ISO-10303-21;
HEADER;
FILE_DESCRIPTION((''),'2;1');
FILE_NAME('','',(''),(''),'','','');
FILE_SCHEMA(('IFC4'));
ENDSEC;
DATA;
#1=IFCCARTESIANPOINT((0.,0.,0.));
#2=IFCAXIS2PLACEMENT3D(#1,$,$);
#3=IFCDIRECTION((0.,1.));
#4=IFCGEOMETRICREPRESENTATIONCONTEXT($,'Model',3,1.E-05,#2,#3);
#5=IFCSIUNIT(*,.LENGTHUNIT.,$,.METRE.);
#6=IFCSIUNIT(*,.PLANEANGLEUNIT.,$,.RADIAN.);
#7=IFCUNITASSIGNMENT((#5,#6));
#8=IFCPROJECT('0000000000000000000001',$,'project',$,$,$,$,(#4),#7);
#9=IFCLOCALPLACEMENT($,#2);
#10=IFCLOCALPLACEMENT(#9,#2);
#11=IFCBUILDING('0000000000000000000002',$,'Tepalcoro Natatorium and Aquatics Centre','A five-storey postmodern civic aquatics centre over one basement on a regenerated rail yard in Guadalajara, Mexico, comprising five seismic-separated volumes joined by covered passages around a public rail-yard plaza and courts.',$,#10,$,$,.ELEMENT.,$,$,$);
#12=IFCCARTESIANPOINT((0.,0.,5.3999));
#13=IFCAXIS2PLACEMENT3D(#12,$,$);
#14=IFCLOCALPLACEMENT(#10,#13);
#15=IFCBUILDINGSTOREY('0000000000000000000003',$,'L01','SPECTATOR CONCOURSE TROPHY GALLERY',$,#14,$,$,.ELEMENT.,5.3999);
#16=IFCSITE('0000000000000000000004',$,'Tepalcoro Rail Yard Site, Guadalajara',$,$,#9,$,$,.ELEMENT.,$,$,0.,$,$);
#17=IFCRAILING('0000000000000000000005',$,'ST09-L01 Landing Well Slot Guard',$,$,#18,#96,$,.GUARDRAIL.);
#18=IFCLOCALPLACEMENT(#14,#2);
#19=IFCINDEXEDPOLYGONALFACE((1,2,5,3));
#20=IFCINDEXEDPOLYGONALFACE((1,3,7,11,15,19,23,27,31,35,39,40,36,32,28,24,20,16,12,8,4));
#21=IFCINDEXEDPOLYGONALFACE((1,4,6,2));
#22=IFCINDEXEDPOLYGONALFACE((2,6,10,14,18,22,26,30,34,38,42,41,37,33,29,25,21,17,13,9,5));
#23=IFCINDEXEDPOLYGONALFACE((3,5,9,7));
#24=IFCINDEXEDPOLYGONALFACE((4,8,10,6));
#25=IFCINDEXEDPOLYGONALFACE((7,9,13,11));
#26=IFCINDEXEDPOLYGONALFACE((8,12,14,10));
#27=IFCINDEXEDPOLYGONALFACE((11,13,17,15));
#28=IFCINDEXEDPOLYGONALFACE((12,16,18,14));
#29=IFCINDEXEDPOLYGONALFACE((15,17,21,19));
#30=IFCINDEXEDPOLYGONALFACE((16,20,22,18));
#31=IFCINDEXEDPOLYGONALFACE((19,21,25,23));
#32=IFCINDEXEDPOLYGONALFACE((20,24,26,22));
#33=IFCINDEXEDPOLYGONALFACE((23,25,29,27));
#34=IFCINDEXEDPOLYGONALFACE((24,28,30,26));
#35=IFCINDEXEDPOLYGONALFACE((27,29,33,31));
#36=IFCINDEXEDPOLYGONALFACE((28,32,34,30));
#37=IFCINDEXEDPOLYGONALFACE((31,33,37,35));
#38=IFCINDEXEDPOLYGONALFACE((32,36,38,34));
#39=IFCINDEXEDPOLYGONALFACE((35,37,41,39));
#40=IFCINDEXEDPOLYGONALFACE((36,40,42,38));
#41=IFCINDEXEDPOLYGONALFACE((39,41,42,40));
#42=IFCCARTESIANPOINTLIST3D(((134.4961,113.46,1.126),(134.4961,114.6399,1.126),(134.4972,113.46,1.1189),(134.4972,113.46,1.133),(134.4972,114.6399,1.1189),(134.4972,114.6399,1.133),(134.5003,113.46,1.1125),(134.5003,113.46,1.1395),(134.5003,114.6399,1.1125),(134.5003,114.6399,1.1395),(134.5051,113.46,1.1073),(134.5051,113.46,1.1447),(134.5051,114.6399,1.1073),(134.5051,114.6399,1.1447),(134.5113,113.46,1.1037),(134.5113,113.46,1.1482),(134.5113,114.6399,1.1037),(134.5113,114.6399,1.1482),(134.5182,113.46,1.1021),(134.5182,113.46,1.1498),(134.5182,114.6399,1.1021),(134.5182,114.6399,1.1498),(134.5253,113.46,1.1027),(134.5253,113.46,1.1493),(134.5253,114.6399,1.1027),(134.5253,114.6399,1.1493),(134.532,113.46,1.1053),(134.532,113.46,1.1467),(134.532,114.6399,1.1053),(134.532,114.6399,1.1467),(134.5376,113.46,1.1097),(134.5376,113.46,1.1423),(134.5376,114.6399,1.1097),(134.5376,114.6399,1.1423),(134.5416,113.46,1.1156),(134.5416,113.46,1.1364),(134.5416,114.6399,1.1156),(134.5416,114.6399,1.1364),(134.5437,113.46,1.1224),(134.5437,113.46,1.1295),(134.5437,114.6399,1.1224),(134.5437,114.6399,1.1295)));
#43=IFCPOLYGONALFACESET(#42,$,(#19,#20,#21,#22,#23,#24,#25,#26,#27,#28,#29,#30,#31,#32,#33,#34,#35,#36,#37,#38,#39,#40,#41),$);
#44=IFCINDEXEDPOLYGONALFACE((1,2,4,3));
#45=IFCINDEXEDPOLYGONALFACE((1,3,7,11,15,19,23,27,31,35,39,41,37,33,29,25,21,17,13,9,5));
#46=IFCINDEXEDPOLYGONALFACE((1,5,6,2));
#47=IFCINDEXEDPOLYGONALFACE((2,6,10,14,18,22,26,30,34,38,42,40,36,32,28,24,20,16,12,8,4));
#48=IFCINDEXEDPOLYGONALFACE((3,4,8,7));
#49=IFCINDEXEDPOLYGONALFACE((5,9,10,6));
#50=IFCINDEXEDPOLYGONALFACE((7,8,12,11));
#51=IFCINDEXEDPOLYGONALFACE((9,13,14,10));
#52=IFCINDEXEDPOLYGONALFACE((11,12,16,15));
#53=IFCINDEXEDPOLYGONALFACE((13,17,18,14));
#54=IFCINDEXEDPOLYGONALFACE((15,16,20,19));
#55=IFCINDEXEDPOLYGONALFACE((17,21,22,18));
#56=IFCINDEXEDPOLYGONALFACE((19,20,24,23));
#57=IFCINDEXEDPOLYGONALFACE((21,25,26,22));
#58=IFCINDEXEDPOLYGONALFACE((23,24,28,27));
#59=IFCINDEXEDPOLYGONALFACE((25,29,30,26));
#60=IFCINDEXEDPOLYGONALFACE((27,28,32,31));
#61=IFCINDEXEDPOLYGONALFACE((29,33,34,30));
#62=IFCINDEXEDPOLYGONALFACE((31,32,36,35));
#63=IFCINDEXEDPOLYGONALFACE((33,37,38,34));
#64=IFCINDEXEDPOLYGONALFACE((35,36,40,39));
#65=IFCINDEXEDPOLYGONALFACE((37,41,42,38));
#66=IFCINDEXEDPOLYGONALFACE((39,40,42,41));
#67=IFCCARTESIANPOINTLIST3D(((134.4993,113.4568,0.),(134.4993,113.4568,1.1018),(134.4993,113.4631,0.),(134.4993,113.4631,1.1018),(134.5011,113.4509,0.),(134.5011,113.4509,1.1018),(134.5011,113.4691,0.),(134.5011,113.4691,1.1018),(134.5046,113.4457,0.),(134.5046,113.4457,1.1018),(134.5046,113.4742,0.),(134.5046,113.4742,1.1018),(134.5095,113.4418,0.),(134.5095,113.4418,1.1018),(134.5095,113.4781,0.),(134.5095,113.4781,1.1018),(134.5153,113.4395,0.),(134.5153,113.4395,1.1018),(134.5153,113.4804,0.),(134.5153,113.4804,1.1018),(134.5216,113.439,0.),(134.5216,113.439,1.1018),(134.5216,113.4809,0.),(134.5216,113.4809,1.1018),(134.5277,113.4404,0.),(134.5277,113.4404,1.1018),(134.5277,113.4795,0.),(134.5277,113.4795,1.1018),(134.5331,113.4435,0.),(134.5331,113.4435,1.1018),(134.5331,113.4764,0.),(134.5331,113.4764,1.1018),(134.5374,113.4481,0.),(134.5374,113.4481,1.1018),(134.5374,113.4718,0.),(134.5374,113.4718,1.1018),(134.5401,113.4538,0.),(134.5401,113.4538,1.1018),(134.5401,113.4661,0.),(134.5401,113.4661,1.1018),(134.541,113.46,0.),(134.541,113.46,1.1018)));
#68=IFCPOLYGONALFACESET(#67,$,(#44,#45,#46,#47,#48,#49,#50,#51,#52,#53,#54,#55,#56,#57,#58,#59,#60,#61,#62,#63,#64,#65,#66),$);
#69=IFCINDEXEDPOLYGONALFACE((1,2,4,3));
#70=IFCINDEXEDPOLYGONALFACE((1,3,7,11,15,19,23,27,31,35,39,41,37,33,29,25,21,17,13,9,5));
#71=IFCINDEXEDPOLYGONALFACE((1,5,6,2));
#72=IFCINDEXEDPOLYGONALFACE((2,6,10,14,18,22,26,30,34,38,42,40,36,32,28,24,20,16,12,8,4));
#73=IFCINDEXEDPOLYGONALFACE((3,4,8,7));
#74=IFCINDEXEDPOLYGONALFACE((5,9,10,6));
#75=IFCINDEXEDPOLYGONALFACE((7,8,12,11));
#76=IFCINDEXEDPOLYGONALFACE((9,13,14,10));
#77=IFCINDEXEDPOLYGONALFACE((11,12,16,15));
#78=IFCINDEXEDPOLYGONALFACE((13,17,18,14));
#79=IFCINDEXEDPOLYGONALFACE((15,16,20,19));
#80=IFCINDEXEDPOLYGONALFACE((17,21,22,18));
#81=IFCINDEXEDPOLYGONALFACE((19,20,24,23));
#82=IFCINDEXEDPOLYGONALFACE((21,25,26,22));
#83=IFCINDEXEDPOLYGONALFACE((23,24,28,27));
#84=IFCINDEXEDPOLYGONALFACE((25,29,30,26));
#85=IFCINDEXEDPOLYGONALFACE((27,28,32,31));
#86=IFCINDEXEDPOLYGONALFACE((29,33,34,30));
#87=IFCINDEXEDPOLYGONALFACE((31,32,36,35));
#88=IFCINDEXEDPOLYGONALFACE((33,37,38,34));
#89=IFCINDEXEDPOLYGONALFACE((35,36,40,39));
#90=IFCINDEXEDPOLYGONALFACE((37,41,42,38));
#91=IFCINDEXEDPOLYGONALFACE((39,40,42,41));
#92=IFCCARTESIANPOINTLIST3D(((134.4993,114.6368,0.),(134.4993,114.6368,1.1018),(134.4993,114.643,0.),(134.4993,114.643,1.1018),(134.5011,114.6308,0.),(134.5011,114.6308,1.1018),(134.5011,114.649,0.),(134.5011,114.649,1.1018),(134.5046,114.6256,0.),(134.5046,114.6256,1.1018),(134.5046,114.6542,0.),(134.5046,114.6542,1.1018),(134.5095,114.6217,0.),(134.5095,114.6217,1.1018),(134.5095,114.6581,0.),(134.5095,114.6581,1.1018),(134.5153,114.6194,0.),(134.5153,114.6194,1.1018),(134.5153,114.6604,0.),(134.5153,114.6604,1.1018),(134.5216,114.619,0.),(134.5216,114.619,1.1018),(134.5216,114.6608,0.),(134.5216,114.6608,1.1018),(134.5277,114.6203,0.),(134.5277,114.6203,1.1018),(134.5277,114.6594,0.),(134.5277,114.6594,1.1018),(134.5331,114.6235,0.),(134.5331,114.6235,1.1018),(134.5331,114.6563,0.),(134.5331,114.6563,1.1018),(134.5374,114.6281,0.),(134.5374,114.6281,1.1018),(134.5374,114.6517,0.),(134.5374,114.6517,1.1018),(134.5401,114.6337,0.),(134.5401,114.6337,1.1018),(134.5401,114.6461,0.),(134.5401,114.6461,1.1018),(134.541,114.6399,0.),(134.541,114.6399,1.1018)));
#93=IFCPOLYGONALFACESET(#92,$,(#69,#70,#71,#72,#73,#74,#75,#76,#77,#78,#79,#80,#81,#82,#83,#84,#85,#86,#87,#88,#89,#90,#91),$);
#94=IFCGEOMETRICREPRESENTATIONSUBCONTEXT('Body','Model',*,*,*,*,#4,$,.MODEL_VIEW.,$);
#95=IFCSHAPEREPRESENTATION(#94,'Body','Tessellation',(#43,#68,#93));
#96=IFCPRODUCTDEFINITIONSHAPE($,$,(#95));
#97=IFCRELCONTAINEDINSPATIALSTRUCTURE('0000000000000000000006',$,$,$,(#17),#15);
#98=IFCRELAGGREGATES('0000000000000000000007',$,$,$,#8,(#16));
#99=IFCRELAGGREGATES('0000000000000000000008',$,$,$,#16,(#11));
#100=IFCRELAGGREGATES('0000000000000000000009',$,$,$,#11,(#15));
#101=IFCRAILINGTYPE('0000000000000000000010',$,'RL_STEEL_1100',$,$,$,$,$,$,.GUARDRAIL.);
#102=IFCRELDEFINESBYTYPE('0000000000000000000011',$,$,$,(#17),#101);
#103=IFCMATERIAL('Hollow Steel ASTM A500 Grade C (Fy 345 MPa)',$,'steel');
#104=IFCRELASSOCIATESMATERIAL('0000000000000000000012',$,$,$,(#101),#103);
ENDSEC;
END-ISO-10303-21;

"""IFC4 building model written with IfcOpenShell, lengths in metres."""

from ifc_helpers import new_model, si_unit, direction, frame, origin, origin_2d, place, context, subcontext, project, spatial, circle, extrude, material, type_object, element, save


model = new_model("IFC4")

# Units and contexts
model_context = context("Model", 3, precision=1e-05, world=origin(), true_north=direction((0.0, 1.0)))
body_context = subcontext(model_context, "Body", "Model", "MODEL_VIEW")
ifc_project = project(units=[si_unit("LENGTHUNIT", "METRE"), si_unit("PLANEANGLEUNIT", "RADIAN")], contexts=[model_context])

# Site, building, storey
site_placement = place(None, origin())
site = spatial("IfcSite", under=ifc_project, at=site_placement, Name="Tepalcoro Rail Yard Site, Guadalajara", CompositionType="ELEMENT", RefElevation=0.0)
building_placement = place(site_placement, origin())
building = spatial("IfcBuilding", under=site, at=building_placement, Name="Tepalcoro Natatorium and Aquatics Centre", Description="A five-storey postmodern civic aquatics centre over one basement on a regenerated rail yard in Guadalajara, Mexico, comprising five seismic-separated volumes joined by covered passages around a public rail-yard plaza and courts.", CompositionType="ELEMENT")
storey_placement = place(building_placement, frame((0.0, 0.0, 5.3999)))
storey = spatial("IfcBuildingStorey", under=building, at=storey_placement, Name="L01", Description="SPECTATOR CONCOURSE TROPHY GALLERY", CompositionType="ELEMENT", Elevation=5.3999)

# Railing
ifc_material_1 = material(Name="Hollow Steel ASTM A500 Grade C (Fy 345 MPa)", Category="steel")
railing_type_1 = type_object("IfcRailingType", Name="RL_STEEL_1100", PredefinedType="GUARDRAIL", material=ifc_material_1)
railing_1_placement = place(storey_placement, frame((134.52, 113.46, 0.0)))
element("IfcRailing", 1, at=railing_1_placement, inside=storey, type_object=railing_type_1, Name="ST09-L01 Landing Well Slot Guard", PredefinedType="GUARDRAIL", context=body_context, shape_type="SweptSolid", body=[
    extrude(circle(Radius=0.0239, at=origin_2d()), frame((0.0, 0.0, 1.126), z_axis=(0.0, 1.0, 0.0), x_axis=(-1.0, 0.0, 0.0)), (0.0, 0.0, 1.0), 1.1799),
    extrude(circle(Radius=0.021, at=origin_2d()), origin(), (0.0, 0.0, 1.0), 1.1018),
    extrude(circle(Radius=0.021, at=origin_2d()), frame((0.0, 1.1799, 0.0)), (0.0, 0.0, 1.0), 1.1018),
])

save(model, "model.ifc")
